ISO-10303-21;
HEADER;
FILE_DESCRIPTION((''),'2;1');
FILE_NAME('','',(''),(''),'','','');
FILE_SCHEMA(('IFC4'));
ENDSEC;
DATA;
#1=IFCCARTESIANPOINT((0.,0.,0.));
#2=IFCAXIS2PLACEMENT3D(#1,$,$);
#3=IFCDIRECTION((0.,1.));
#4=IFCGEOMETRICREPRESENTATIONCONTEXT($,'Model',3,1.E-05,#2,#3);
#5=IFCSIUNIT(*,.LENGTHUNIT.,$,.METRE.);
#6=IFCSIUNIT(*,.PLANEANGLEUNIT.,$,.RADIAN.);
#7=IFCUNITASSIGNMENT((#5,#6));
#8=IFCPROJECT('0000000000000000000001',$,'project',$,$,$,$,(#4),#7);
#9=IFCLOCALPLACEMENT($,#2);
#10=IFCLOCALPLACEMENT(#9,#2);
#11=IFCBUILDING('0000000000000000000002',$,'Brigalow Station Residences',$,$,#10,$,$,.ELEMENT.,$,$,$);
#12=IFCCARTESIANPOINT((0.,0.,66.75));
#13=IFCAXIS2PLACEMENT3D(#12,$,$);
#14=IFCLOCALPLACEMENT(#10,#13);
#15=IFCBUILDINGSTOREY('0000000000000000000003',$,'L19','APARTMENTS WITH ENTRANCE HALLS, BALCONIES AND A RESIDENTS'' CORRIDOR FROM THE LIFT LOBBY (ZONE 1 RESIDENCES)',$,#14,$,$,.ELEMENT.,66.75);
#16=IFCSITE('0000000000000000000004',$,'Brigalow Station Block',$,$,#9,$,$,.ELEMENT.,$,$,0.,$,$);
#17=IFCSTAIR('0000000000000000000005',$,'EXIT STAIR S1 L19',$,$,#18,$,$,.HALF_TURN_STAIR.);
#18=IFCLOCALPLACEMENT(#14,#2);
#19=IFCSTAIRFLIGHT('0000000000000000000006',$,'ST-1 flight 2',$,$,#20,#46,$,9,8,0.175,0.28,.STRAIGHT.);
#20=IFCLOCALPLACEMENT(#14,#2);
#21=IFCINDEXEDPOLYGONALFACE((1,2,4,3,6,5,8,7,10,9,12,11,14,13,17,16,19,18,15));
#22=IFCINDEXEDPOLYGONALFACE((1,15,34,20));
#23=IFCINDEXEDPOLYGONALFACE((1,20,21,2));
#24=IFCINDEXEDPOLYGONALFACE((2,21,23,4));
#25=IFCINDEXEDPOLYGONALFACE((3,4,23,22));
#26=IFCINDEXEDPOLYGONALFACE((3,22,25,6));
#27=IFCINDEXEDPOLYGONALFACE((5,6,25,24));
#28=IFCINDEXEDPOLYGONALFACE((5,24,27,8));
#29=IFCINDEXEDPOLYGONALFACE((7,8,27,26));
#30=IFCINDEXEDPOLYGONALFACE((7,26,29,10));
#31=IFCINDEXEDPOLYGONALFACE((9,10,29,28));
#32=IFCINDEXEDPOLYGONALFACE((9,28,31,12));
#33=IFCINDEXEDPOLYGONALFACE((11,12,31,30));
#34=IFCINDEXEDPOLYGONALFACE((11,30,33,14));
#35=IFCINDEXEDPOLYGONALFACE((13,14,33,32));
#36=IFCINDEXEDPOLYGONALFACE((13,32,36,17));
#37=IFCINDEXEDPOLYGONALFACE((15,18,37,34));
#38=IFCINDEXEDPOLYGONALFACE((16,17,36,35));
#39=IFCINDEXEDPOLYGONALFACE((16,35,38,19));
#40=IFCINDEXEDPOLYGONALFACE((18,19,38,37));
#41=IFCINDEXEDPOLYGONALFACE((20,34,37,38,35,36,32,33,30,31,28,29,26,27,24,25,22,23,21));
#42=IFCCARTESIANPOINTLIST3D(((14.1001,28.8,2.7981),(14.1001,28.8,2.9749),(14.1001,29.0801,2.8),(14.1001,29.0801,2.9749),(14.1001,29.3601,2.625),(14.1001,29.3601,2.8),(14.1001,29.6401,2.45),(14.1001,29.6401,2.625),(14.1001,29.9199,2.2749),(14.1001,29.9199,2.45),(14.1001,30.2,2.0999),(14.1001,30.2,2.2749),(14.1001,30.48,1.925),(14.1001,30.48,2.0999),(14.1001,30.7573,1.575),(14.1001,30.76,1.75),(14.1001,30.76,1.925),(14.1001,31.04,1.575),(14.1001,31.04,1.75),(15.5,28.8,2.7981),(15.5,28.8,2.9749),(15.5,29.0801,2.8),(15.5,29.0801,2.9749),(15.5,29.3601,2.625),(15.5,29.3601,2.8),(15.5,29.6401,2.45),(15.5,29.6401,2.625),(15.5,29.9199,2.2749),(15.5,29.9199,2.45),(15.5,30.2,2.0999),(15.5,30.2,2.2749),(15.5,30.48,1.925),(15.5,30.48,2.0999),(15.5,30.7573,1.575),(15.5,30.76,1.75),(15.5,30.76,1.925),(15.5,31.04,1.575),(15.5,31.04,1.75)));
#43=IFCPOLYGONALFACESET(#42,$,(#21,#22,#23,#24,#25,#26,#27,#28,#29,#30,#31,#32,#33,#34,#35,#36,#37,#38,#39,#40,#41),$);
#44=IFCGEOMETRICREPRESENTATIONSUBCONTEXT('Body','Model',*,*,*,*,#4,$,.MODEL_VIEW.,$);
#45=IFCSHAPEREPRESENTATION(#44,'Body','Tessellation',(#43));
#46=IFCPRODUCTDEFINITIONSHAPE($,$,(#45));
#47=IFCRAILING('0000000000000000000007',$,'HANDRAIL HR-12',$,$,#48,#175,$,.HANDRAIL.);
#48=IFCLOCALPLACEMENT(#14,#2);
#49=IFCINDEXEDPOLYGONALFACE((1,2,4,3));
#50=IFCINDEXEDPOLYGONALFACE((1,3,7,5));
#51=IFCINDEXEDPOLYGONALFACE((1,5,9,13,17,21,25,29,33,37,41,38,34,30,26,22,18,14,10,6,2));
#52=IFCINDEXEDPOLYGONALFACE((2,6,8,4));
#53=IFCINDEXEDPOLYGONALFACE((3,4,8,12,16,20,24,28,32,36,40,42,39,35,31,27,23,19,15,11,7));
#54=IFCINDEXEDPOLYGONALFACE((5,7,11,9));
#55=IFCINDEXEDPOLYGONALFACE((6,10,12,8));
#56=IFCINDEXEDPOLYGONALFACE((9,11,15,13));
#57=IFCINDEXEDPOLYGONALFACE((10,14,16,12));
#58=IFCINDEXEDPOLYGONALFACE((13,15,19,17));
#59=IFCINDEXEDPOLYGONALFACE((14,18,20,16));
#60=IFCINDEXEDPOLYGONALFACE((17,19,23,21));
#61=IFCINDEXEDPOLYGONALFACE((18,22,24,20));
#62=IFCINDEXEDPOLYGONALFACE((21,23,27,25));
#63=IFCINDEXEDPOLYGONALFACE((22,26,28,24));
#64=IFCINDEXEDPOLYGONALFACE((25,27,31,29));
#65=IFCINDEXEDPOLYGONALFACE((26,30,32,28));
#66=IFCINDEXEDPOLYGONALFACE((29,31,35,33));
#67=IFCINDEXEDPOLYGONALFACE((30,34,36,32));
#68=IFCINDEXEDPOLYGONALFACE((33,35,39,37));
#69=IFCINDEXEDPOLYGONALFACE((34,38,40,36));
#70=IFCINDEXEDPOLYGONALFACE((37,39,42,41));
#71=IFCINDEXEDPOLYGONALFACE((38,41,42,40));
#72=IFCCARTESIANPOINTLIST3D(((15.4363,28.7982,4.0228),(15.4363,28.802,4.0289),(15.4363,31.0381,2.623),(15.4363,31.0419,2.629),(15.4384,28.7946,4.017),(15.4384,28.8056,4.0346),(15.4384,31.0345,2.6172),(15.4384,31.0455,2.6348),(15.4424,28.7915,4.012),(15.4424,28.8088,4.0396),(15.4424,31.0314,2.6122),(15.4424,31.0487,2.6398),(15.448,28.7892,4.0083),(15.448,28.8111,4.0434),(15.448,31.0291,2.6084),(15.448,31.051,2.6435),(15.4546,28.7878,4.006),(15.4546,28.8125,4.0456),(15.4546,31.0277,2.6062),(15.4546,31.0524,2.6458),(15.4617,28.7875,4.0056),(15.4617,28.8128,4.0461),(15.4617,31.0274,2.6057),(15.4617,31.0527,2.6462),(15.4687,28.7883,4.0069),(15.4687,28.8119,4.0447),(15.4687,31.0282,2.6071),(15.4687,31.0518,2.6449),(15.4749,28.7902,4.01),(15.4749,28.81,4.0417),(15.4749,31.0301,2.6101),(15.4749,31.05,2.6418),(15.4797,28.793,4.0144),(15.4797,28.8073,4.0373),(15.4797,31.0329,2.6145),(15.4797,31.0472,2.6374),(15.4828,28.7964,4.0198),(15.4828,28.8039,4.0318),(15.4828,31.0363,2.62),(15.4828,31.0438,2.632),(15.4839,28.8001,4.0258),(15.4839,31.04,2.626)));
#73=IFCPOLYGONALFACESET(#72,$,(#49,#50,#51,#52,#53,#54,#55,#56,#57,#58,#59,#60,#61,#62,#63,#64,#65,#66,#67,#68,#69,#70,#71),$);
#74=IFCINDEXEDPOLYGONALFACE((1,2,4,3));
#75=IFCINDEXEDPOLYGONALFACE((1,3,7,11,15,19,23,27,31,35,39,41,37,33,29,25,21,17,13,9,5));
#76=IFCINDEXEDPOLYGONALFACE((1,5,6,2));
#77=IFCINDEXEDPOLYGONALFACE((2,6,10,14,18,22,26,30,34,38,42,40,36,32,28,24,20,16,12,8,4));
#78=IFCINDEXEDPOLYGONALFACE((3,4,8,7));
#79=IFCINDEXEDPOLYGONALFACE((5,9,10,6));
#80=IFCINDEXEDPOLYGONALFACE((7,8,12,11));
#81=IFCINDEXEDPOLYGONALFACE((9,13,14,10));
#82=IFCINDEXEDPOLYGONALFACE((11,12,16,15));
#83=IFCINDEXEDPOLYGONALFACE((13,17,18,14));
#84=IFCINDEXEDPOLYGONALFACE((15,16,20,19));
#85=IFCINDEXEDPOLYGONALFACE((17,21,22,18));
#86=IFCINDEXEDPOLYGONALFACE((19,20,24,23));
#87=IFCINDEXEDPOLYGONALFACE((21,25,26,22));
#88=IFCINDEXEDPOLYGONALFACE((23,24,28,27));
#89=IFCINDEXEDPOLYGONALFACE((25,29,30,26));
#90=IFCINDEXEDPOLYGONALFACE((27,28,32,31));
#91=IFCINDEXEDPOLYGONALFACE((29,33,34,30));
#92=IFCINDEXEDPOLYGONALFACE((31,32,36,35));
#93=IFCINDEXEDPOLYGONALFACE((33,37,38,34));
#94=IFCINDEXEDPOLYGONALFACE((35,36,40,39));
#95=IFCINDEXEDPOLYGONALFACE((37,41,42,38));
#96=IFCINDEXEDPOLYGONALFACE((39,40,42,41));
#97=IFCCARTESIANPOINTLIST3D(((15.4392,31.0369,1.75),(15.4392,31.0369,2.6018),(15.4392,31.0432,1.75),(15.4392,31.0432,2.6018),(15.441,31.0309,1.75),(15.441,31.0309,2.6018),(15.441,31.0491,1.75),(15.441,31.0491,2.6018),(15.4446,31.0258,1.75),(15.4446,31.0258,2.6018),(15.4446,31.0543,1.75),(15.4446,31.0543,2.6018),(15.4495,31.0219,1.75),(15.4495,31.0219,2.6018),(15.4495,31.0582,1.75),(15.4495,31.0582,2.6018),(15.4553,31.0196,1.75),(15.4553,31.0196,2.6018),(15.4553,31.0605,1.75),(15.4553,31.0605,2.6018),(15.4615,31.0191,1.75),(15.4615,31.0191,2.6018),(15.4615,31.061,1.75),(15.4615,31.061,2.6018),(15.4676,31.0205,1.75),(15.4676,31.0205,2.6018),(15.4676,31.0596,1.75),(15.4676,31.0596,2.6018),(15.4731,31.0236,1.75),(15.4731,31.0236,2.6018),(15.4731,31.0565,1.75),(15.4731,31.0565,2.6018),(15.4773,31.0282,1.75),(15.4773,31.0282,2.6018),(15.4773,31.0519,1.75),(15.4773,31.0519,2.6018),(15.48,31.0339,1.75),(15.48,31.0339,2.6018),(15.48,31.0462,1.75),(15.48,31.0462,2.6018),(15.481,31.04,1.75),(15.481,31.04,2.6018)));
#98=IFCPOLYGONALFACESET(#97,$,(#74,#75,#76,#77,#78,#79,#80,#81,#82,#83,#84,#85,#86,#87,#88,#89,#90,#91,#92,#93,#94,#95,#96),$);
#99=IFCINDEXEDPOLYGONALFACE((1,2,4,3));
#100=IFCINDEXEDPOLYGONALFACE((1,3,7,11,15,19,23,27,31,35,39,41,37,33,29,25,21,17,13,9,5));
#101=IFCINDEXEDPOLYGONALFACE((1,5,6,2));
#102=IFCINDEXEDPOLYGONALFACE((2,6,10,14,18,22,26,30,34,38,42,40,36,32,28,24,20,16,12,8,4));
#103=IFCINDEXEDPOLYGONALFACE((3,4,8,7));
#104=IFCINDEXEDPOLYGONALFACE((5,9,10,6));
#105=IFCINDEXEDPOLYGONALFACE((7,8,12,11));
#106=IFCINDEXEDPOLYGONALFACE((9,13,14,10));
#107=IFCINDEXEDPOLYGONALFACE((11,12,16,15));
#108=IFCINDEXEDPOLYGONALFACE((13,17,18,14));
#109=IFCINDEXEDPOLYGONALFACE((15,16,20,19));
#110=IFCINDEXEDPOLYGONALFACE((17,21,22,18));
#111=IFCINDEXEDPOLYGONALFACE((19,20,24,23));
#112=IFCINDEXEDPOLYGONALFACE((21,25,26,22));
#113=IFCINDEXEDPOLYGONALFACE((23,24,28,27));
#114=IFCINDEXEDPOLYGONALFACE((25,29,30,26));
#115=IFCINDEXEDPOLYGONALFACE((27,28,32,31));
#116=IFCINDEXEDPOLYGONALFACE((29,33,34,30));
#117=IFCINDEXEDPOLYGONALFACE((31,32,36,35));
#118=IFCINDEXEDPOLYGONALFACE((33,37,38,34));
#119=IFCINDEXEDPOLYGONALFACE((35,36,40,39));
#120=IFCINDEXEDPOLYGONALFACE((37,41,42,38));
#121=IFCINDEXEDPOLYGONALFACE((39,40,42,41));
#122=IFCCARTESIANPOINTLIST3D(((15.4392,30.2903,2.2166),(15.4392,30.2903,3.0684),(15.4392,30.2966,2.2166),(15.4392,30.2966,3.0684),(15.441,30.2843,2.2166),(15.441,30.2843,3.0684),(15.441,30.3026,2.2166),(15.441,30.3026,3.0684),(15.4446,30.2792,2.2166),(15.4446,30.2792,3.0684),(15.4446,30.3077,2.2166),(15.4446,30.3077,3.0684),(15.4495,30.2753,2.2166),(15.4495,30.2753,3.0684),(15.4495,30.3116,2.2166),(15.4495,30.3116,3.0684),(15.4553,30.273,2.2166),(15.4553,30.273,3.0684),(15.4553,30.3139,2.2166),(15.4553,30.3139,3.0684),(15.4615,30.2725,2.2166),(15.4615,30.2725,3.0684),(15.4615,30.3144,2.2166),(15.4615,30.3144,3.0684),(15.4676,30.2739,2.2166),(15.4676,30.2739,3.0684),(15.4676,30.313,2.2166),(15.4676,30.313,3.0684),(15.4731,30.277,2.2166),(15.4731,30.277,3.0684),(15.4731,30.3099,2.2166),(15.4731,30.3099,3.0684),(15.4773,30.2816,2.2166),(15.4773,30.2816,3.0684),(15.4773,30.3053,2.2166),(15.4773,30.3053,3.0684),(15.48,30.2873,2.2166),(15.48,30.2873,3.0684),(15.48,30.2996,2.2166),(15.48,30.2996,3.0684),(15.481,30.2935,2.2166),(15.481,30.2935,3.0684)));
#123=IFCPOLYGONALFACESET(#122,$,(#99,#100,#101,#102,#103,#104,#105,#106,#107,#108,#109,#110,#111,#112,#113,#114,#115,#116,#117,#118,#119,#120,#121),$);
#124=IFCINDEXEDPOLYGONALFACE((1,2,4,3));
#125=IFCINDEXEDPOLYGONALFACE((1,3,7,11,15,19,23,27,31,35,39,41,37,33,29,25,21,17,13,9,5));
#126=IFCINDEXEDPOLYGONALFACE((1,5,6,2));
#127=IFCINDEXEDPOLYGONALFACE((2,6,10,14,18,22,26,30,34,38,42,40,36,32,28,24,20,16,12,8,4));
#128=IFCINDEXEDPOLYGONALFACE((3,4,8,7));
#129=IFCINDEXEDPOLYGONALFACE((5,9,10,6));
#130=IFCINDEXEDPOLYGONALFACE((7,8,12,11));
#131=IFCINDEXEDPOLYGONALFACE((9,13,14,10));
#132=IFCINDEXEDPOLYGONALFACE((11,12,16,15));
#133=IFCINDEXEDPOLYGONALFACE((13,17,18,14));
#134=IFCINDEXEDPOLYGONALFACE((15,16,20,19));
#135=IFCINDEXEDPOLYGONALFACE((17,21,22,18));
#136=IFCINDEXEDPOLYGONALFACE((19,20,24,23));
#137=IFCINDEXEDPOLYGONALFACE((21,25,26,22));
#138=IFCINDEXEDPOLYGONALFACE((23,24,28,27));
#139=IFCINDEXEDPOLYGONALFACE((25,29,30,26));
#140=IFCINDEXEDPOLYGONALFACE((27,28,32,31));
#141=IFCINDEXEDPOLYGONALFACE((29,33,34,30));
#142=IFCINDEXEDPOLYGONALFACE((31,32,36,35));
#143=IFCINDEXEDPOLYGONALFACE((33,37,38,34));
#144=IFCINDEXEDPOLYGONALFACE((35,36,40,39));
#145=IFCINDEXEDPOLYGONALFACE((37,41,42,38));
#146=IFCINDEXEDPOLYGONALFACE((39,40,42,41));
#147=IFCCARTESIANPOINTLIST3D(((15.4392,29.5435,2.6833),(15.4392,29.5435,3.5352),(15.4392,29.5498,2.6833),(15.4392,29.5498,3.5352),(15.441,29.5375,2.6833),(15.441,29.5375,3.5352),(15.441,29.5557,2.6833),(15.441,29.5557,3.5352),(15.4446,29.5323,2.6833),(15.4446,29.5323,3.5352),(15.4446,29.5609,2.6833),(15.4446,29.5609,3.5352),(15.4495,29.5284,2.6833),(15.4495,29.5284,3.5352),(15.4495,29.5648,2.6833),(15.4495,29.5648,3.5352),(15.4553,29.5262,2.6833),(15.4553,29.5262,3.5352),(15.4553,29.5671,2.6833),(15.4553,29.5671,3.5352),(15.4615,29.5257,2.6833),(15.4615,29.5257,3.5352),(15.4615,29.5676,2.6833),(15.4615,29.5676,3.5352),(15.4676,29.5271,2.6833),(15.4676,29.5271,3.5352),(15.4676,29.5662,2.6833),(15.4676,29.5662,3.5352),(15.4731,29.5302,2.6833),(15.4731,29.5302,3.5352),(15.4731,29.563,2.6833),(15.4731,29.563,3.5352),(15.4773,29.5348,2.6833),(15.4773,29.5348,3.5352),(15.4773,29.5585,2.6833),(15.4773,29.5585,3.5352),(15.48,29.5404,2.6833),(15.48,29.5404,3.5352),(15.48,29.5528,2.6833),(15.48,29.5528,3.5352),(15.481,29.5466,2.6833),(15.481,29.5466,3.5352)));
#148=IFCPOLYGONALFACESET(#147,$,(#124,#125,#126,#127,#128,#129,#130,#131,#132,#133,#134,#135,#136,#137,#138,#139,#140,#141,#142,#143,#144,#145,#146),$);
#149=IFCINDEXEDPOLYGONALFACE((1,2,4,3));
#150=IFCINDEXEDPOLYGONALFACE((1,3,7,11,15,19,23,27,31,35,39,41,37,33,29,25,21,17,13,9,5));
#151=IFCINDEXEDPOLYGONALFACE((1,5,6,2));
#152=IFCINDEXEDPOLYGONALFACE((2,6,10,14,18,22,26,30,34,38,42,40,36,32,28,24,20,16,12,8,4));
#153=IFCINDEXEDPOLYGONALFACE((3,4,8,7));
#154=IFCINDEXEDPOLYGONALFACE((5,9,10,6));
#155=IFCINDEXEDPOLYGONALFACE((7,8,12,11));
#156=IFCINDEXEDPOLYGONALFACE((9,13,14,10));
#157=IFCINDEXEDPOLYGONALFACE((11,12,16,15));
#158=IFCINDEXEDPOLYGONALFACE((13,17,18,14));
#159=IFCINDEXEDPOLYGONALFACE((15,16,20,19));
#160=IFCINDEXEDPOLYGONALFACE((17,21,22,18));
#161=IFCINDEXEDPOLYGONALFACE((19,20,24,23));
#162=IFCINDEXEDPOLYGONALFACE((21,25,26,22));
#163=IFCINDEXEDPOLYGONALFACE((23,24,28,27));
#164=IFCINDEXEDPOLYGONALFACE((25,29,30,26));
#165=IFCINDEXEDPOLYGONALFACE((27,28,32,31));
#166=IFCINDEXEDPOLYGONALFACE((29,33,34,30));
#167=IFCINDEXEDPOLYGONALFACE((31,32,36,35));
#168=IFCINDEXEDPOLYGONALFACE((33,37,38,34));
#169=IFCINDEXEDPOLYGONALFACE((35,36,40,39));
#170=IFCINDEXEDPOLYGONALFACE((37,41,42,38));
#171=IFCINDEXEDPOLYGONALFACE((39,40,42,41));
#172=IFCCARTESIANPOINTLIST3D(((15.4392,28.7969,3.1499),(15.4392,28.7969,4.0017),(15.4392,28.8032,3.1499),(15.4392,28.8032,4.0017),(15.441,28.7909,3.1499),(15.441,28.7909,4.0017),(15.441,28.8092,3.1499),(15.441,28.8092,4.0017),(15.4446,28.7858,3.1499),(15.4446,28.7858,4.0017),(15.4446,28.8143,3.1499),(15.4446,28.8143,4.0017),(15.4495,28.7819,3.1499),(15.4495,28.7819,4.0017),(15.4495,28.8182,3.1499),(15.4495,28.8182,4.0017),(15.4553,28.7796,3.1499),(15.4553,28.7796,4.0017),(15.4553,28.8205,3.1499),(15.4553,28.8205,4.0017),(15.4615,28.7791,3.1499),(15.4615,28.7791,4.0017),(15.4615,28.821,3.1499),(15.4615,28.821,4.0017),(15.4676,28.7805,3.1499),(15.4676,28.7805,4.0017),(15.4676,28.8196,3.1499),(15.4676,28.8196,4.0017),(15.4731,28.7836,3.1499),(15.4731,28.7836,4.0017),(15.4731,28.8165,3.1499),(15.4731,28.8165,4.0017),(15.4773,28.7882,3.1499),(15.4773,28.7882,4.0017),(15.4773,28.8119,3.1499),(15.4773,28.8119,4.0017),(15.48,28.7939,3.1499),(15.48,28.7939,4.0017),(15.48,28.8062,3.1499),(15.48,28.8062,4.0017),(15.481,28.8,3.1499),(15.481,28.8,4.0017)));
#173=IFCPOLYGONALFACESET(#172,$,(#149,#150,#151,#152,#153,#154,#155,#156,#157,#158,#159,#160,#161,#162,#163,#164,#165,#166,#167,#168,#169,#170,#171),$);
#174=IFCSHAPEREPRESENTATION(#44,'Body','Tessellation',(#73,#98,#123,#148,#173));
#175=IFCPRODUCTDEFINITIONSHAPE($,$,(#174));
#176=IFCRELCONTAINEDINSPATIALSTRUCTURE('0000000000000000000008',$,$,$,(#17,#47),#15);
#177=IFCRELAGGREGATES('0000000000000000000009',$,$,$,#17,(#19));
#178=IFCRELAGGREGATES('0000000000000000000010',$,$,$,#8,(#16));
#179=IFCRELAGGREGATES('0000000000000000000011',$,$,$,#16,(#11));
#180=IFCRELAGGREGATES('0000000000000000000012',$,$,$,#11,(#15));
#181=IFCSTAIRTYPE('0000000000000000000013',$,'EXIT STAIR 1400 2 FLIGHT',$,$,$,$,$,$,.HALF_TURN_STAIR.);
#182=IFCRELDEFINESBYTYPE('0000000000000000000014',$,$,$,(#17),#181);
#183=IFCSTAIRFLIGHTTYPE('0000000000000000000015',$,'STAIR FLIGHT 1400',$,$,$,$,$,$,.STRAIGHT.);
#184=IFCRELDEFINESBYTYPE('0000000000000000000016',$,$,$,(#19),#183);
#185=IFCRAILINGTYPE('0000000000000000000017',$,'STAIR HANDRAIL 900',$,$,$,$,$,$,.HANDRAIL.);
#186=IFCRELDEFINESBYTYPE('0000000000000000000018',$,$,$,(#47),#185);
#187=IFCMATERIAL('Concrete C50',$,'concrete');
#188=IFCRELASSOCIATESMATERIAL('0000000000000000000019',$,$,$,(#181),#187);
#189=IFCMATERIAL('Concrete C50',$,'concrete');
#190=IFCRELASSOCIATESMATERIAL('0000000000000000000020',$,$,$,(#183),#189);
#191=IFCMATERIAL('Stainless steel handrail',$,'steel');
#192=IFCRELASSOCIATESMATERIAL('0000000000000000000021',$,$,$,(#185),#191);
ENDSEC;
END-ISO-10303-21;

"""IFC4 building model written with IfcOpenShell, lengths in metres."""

from ifc_helpers import new_model, si_unit, direction, frame, origin, origin_2d, place, context, subcontext, project, spatial, polyline, circle, outline, extrude, material, type_object, element, aggregate, save


model = new_model("IFC4")

# Units and contexts
model_context = context("Model", 3, precision=1e-05, world=origin(), true_north=direction((0.0, 1.0)))
body_context = subcontext(model_context, "Body", "Model", "MODEL_VIEW")
ifc_project = project(units=[si_unit("LENGTHUNIT", "METRE"), si_unit("PLANEANGLEUNIT", "RADIAN")], contexts=[model_context])

# Site, building, storey
site_placement = place(None, origin())
site = spatial("IfcSite", under=ifc_project, at=site_placement, Name="Brigalow Station Block", CompositionType="ELEMENT", RefElevation=0.0)
building_placement = place(site_placement, origin())
building = spatial("IfcBuilding", under=site, at=building_placement, Name="Brigalow Station Residences", CompositionType="ELEMENT")
storey_placement = place(building_placement, frame((0.0, 0.0, 66.75)))
storey = spatial("IfcBuildingStorey", under=building, at=storey_placement, Name="L19", Description="APARTMENTS WITH ENTRANCE HALLS, BALCONIES AND A RESIDENTS' CORRIDOR FROM THE LIFT LOBBY (ZONE 1 RESIDENCES)", CompositionType="ELEMENT", Elevation=66.75)

# Stair, stair flight
ifc_material_1 = material(Name="Concrete C50", Category="concrete")
stair_type = type_object("IfcStairType", Name="EXIT STAIR 1400 2 FLIGHT", PredefinedType="HALF_TURN_STAIR", material=ifc_material_1)
stair_placement = place(storey_placement, origin())
stair = element("IfcStair", 1, at=stair_placement, inside=storey, type_object=stair_type, Name="EXIT STAIR S1 L19", PredefinedType="HALF_TURN_STAIR")
ifc_material_2 = material(Name="Concrete C50", Category="concrete")
stair_flight_type = type_object("IfcStairFlightType", Name="STAIR FLIGHT 1400", PredefinedType="STRAIGHT", material=ifc_material_2)
stair_flight_1_placement = place(storey_placement, frame((14.8, 31.04, 1.575), z_axis=(0.0, 0.0, 1.0), x_axis=(0.0, -1.0, 0.0)))
stair_flight_1 = element("IfcStairFlight", 2, at=stair_flight_1_placement, type_object=stair_flight_type, Name="ST-1 flight 2", NumberOfRisers=9, NumberOfTreads=8, PredefinedType="STRAIGHT", RiserHeight=0.175, TreadLength=0.28, context=body_context, shape_type="SweptSolid", body=[
    extrude(outline(polyline([(0.0, 0.0), (0.0, 0.175), (0.28, 0.175), (0.28, 0.3501), (0.5601, 0.3501), (0.5601, 0.5249), (0.8401, 0.5249), (0.8401, 0.7), (1.1201, 0.7), (1.1201, 0.875), (1.3999, 0.875), (1.3999, 1.05), (1.6799, 1.05), (1.6799, 1.2251), (1.96, 1.2251), (1.96, 1.3999), (2.24, 1.3999), (2.24, 1.575), (2.24, 1.2231), (0.2827, 0.0), (0.0, 0.0)])), frame((0.0, 0.7, 0.0), z_axis=(0.0, -1.0, 0.0), x_axis=(1.0, 0.0, 0.0)), (0.0, 0.0, 1.0), 1.3999),
])
aggregate(stair, [stair_flight_1])

# Railing
ifc_material_3 = material(Name="Stainless steel handrail", Category="steel")
railing_type_1 = type_object("IfcRailingType", Name="STAIR HANDRAIL 900", PredefinedType="HANDRAIL", material=ifc_material_3)
railing_1_placement = place(storey_placement, frame((15.46, 31.04, 1.75)))
element("IfcRailing", 3, at=railing_1_placement, inside=storey, type_object=railing_type_1, Name="HANDRAIL HR-12", PredefinedType="HANDRAIL", context=body_context, shape_type="SweptSolid", body=[
    extrude(circle(Radius=0.0239, at=origin_2d()), frame((0.0, 0.0, 0.876), z_axis=(0.0, -0.848014, 0.529974), x_axis=(1.0, 0.0, 0.0)), (0.0, 0.0, 1.0), 2.6414),
    extrude(circle(Radius=0.021, at=origin_2d()), origin(), (0.0, 0.0, 1.0), 0.8518),
    extrude(circle(Radius=0.021, at=origin_2d()), frame((0.0, -0.7466, 0.4666)), (0.0, 0.0, 1.0), 0.8518),
    extrude(circle(Radius=0.021, at=origin_2d()), frame((0.0, -1.4934, 0.9333)), (0.0, 0.0, 1.0), 0.8518),
    extrude(circle(Radius=0.021, at=origin_2d()), frame((0.0, -2.24, 1.3999)), (0.0, 0.0, 1.0), 0.8518),
])

save(model, "model.ifc")
